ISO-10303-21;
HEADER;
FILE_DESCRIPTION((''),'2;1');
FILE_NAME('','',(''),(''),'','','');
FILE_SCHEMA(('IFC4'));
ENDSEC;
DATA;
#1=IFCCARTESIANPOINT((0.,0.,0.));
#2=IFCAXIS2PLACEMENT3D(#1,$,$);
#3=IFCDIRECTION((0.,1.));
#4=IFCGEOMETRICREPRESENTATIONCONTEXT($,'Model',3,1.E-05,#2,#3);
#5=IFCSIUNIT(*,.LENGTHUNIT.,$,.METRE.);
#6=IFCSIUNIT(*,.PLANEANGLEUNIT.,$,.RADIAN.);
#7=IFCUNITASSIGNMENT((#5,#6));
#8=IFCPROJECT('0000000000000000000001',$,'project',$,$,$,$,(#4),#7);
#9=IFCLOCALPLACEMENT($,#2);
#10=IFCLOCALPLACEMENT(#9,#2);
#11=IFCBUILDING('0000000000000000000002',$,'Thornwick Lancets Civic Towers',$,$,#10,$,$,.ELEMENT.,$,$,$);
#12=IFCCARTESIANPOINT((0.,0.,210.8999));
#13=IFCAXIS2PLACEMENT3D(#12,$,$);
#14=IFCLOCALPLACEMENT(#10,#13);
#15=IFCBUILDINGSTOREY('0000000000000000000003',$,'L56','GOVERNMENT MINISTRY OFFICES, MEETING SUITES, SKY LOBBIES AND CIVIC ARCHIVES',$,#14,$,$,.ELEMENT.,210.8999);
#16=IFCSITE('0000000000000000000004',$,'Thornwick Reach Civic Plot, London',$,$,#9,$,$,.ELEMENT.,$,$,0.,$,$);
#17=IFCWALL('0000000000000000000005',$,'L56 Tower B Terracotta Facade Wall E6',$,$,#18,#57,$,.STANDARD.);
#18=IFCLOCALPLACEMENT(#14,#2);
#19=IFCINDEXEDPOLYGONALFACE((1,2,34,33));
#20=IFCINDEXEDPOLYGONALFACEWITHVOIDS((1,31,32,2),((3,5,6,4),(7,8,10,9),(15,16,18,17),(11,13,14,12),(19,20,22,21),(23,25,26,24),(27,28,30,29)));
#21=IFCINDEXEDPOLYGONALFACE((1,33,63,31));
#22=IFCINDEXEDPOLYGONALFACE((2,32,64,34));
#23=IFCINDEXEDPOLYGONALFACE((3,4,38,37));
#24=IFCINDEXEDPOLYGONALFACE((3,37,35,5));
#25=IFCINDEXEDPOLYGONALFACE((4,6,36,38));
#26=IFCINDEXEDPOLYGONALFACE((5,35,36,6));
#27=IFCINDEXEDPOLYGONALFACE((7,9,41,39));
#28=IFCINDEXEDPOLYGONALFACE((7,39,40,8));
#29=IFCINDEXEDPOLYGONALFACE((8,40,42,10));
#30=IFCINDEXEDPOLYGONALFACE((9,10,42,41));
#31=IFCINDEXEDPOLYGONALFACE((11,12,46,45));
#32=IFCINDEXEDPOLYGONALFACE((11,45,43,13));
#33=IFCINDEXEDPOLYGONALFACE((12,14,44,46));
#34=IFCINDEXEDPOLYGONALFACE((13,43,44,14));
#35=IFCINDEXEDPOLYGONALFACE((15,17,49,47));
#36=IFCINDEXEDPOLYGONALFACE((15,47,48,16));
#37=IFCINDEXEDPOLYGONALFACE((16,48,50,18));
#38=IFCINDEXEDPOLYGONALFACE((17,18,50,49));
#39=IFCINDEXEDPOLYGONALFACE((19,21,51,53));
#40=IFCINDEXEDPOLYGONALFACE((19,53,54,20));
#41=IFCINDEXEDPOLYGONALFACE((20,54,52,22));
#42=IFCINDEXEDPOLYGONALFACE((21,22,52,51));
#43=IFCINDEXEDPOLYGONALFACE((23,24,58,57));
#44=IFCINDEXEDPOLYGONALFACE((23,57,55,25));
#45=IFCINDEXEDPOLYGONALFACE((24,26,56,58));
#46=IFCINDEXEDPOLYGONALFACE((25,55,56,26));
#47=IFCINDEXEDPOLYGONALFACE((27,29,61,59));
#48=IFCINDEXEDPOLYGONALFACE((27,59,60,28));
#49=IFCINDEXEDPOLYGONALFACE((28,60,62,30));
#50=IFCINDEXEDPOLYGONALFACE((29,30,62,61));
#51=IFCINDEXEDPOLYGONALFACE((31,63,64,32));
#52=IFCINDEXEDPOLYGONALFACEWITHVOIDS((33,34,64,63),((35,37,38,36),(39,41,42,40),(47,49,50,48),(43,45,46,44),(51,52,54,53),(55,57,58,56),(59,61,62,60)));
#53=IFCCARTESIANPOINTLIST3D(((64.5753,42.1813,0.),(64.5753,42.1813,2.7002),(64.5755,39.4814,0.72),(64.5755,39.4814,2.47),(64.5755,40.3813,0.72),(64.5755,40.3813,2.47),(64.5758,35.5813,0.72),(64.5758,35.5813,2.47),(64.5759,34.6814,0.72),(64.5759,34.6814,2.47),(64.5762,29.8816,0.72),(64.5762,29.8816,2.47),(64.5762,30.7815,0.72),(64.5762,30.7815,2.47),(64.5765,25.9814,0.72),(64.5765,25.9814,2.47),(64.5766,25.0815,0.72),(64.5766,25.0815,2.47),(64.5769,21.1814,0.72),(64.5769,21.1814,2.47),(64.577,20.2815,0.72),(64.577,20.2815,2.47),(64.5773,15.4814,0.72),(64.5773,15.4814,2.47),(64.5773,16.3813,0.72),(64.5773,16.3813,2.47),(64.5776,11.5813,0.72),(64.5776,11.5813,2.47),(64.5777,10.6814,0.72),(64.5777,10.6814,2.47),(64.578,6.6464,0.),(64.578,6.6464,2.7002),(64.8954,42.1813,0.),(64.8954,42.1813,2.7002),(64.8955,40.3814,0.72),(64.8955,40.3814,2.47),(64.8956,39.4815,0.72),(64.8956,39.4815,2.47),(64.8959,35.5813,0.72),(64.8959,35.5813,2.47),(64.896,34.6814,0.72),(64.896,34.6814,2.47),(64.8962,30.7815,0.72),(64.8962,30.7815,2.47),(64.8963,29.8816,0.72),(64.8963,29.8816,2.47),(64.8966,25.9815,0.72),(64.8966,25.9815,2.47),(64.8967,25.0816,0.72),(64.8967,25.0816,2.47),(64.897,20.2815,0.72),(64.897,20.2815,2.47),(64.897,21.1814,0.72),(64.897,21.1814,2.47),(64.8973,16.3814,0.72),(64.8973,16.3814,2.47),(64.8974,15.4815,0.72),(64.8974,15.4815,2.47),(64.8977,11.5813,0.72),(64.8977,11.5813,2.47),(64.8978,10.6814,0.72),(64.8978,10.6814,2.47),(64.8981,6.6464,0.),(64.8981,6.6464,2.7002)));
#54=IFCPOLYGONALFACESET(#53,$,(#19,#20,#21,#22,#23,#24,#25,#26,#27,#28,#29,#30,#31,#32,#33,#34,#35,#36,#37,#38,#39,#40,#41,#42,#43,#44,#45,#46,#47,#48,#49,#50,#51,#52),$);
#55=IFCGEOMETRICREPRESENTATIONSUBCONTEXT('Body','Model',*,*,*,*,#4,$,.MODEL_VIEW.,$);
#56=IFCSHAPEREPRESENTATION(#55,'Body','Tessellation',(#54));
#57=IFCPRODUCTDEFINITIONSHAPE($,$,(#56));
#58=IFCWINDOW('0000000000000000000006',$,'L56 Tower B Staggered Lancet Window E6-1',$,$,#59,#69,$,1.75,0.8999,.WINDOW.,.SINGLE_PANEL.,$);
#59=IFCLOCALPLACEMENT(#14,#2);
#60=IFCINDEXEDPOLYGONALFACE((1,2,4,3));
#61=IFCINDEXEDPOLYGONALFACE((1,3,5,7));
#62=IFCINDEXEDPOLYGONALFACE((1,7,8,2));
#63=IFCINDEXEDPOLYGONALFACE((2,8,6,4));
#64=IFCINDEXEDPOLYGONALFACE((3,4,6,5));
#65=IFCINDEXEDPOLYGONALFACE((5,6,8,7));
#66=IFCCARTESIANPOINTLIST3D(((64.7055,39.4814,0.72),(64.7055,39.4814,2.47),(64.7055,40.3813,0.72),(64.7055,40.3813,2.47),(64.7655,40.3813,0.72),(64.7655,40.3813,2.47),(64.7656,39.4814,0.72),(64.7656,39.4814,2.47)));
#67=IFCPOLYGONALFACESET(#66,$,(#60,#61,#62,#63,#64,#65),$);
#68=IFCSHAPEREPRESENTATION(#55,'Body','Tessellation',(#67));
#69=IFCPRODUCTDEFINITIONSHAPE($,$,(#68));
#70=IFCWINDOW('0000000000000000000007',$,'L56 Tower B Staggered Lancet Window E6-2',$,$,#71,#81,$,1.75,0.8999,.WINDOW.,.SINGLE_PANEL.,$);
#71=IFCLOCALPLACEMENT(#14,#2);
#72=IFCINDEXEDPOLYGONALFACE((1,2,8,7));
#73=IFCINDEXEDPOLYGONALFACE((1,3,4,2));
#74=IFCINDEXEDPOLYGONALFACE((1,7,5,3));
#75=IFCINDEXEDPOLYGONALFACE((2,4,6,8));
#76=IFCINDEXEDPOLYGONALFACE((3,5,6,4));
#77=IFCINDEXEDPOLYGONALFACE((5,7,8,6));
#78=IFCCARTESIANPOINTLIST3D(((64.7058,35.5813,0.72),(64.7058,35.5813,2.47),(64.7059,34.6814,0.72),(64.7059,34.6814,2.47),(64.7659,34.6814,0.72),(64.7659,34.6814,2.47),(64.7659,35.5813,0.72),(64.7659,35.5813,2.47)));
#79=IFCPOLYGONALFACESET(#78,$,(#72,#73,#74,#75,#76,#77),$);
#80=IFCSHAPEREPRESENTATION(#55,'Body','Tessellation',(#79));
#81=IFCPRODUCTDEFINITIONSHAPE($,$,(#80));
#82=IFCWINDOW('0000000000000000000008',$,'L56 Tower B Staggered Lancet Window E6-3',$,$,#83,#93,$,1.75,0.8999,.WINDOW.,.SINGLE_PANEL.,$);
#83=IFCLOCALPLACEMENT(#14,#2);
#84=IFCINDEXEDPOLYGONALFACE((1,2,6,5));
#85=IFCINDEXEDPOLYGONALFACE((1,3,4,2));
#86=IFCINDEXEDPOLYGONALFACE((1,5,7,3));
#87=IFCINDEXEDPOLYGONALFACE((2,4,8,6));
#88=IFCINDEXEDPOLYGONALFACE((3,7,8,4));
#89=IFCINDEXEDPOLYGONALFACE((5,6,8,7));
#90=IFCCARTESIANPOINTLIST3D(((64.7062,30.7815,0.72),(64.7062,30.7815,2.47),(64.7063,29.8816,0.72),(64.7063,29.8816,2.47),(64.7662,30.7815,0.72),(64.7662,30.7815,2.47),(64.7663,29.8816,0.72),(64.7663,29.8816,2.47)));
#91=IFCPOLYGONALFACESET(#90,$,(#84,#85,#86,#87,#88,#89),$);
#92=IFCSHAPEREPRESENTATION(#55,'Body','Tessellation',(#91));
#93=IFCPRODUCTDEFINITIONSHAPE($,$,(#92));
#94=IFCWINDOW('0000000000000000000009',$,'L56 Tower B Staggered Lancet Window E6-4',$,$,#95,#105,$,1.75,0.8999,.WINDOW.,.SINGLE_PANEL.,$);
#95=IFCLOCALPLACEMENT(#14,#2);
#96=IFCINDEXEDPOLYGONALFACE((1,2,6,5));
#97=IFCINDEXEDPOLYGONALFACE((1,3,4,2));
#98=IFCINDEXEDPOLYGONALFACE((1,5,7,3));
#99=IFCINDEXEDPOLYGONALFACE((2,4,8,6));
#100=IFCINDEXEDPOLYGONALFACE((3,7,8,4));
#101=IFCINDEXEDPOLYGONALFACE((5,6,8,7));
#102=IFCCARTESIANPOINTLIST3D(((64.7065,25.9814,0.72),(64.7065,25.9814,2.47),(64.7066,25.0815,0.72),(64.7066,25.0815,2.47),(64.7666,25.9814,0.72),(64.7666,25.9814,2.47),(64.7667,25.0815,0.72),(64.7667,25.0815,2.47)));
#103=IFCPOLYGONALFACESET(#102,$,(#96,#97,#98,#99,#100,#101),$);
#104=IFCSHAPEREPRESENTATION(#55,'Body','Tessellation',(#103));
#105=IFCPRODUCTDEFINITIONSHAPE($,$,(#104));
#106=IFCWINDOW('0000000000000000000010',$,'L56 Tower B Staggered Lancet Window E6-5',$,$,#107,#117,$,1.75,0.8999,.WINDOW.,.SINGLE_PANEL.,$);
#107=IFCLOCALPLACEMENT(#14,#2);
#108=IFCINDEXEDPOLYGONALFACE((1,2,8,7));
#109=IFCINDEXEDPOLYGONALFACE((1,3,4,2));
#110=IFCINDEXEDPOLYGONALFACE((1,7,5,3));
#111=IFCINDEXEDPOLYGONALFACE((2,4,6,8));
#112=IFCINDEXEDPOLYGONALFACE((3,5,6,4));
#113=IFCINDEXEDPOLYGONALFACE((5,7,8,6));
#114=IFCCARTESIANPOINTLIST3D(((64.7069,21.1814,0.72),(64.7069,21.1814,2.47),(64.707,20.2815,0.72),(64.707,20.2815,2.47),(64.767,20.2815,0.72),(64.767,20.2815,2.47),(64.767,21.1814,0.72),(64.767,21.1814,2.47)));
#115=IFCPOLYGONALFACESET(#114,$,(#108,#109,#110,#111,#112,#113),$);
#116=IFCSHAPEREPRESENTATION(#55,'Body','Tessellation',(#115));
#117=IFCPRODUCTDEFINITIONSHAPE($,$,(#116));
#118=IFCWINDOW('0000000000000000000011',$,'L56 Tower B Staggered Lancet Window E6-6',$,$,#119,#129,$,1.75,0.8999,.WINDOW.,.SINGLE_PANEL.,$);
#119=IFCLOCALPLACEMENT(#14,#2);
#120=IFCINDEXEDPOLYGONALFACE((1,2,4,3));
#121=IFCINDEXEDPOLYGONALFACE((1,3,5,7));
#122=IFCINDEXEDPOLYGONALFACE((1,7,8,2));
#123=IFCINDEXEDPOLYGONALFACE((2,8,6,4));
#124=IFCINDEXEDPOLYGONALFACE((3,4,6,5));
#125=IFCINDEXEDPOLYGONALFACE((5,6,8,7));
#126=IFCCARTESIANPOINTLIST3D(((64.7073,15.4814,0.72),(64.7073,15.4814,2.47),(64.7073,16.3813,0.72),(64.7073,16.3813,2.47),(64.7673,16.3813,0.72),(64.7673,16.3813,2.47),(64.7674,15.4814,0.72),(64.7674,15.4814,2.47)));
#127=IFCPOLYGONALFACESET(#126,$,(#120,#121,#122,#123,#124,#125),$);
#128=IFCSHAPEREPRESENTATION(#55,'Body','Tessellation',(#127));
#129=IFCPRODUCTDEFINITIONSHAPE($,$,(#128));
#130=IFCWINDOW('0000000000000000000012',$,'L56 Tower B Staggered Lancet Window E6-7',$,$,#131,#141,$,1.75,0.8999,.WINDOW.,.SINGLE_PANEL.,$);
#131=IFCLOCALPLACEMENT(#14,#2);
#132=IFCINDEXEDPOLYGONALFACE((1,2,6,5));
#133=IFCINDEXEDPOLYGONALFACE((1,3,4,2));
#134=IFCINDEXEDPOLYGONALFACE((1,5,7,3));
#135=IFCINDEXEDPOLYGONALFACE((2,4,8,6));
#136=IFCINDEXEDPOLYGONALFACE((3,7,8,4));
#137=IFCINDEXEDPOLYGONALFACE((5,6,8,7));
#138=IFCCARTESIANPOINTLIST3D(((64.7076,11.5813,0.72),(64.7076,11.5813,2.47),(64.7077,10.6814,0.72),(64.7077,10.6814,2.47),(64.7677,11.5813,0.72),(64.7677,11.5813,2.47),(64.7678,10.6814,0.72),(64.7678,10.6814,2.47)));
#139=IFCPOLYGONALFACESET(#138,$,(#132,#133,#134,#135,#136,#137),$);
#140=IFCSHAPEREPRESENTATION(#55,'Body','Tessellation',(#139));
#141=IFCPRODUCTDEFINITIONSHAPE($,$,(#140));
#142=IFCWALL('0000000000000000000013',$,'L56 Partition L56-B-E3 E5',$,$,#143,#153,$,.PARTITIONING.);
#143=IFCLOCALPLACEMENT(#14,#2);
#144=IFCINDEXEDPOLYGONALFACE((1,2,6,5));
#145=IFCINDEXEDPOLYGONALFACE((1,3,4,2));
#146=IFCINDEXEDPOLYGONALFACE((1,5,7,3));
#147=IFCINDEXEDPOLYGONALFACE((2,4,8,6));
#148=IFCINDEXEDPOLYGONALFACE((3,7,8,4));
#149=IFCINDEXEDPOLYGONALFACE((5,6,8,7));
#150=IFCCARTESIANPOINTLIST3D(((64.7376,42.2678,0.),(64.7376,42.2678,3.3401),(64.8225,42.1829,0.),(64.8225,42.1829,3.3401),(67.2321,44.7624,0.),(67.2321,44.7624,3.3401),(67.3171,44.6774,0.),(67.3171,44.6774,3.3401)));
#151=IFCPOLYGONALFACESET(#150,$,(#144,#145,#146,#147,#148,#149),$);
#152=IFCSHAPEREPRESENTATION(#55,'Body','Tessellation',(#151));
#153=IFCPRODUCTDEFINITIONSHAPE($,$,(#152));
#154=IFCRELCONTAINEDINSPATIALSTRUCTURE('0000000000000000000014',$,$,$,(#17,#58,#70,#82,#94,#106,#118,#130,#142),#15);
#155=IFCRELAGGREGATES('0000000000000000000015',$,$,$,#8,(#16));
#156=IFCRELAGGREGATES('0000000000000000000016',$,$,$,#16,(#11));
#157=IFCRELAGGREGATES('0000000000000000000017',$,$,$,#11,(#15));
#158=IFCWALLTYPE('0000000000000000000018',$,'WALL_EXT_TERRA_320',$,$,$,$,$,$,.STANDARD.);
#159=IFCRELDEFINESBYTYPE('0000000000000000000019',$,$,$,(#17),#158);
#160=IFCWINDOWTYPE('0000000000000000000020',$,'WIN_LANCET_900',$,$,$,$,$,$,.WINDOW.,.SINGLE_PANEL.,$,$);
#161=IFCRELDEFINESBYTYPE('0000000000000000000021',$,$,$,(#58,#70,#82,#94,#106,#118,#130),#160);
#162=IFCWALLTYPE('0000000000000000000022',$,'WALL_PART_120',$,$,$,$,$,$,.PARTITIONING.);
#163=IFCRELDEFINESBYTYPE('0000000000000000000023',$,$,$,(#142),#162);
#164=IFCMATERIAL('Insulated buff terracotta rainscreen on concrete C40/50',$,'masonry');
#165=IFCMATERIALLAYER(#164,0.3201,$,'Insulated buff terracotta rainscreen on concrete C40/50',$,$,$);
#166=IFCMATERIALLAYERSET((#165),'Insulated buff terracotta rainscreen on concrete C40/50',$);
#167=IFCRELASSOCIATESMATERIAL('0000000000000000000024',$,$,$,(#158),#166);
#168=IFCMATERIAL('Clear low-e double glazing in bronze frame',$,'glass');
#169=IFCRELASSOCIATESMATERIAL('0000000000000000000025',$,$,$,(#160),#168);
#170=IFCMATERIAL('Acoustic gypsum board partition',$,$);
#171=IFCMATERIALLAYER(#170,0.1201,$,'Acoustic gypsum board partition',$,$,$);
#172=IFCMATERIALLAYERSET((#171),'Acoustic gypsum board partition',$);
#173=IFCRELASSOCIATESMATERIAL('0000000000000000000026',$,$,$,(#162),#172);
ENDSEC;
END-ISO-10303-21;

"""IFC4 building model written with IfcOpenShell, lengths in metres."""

from ifc_helpers import new_model, si_unit, direction, frame, frame_2d, origin, place, context, subcontext, project, spatial, rectangle, extrude, material, layer, layer_set, type_object, element, fill, save


model = new_model("IFC4")

# Units and contexts
model_context = context("Model", 3, precision=1e-05, world=origin(), true_north=direction((0.0, 1.0)))
body_context = subcontext(model_context, "Body", "Model", "MODEL_VIEW")
ifc_project = project(units=[si_unit("LENGTHUNIT", "METRE"), si_unit("PLANEANGLEUNIT", "RADIAN")], contexts=[model_context])

# Site, building, storey
site_placement = place(None, origin())
site = spatial("IfcSite", under=ifc_project, at=site_placement, Name="Thornwick Reach Civic Plot, London", CompositionType="ELEMENT", RefElevation=0.0)
building_placement = place(site_placement, origin())
building = spatial("IfcBuilding", under=site, at=building_placement, Name="Thornwick Lancets Civic Towers", CompositionType="ELEMENT")
storey_placement = place(building_placement, frame((0.0, 0.0, 210.8999)))
storey = spatial("IfcBuildingStorey", under=building, at=storey_placement, Name="L56", Description="GOVERNMENT MINISTRY OFFICES, MEETING SUITES, SKY LOBBIES AND CIVIC ARCHIVES", CompositionType="ELEMENT", Elevation=210.8999)

# Wall, openings, windows
ifc_material_1 = material(Name="Insulated buff terracotta rainscreen on concrete C40/50", Category="masonry")
ifc_layer_1 = layer(ifc_material_1, 0.3201, Name="Insulated buff terracotta rainscreen on concrete C40/50")
ifc_layer_set_1 = layer_set([ifc_layer_1], Name="Insulated buff terracotta rainscreen on concrete C40/50")
wall_type_1 = type_object("IfcWallType", Name="WALL_EXT_TERRA_320", PredefinedType="STANDARD", material=ifc_layer_set_1)
wall_1_placement = place(storey_placement, frame((64.7354, 42.1814, 0.0), z_axis=(0.0, 0.0, 1.0), x_axis=(0.000076, -1.0, 0.0)))
wall_1 = element("IfcWall", 1, at=wall_1_placement, inside=storey, type_object=wall_type_1, Name="L56 Tower B Terracotta Facade Wall E6", PredefinedType="STANDARD", context=body_context, shape_type="SweptSolid", body=[
    extrude(rectangle(XDim=35.5349, YDim=0.3201, at=frame_2d((17.7676, 0.0))), origin(), (0.0, 0.0, 1.0), 2.7002),
])
opening_1_placement = place(wall_1_placement, frame((1.8, 0.0, 0.72)))
opening_1 = element("IfcOpeningElement", 2, at=opening_1_placement, cuts=wall_1, PredefinedType="OPENING", context=body_context, shape_type="SweptSolid", body=[
    extrude(rectangle(XDim=0.8999, YDim=1.75, at=frame_2d((0.45, 0.875))), frame((0.0, 0.1699, 0.0), z_axis=(0.0, -1.0, 0.0), x_axis=(1.0, 0.0, 0.0)), (0.0, 0.0, 1.0), 0.3401),
])
opening_2_placement = place(wall_1_placement, frame((6.6001, 0.0, 0.72)))
opening_2 = element("IfcOpeningElement", 3, at=opening_2_placement, cuts=wall_1, PredefinedType="OPENING", context=body_context, shape_type="SweptSolid", body=[
    extrude(rectangle(XDim=0.8999, YDim=1.75, at=frame_2d((0.45, 0.875))), frame((0.0, 0.1699, 0.0), z_axis=(0.0, -1.0, 0.0), x_axis=(1.0, 0.0, 0.0)), (0.0, 0.0, 1.0), 0.3401),
])
opening_3_placement = place(wall_1_placement, frame((11.3999, 0.0, 0.72)))
opening_3 = element("IfcOpeningElement", 4, at=opening_3_placement, cuts=wall_1, PredefinedType="OPENING", context=body_context, shape_type="SweptSolid", body=[
    extrude(rectangle(XDim=0.8999, YDim=1.75, at=frame_2d((0.45, 0.875))), frame((0.0, 0.1699, 0.0), z_axis=(0.0, -1.0, 0.0), x_axis=(1.0, 0.0, 0.0)), (0.0, 0.0, 1.0), 0.3401),
])
opening_4_placement = place(wall_1_placement, frame((16.2, 0.0, 0.72)))
opening_4 = element("IfcOpeningElement", 5, at=opening_4_placement, cuts=wall_1, PredefinedType="OPENING", context=body_context, shape_type="SweptSolid", body=[
    extrude(rectangle(XDim=0.8999, YDim=1.75, at=frame_2d((0.45, 0.875))), frame((0.0, 0.1699, 0.0), z_axis=(0.0, -1.0, 0.0), x_axis=(1.0, 0.0, 0.0)), (0.0, 0.0, 1.0), 0.3401),
])
opening_5_placement = place(wall_1_placement, frame((21.0, 0.0, 0.72)))
opening_5 = element("IfcOpeningElement", 6, at=opening_5_placement, cuts=wall_1, PredefinedType="OPENING", context=body_context, shape_type="SweptSolid", body=[
    extrude(rectangle(XDim=0.8999, YDim=1.75, at=frame_2d((0.45, 0.875))), frame((0.0, 0.1699, 0.0), z_axis=(0.0, -1.0, 0.0), x_axis=(1.0, 0.0, 0.0)), (0.0, 0.0, 1.0), 0.3401),
])
opening_6_placement = place(wall_1_placement, frame((25.8, 0.0, 0.72)))
opening_6 = element("IfcOpeningElement", 7, at=opening_6_placement, cuts=wall_1, PredefinedType="OPENING", context=body_context, shape_type="SweptSolid", body=[
    extrude(rectangle(XDim=0.8999, YDim=1.75, at=frame_2d((0.45, 0.875))), frame((0.0, 0.1699, 0.0), z_axis=(0.0, -1.0, 0.0), x_axis=(1.0, 0.0, 0.0)), (0.0, 0.0, 1.0), 0.3401),
])
opening_7_placement = place(wall_1_placement, frame((30.6001, 0.0, 0.72)))
opening_7 = element("IfcOpeningElement", 8, at=opening_7_placement, cuts=wall_1, PredefinedType="OPENING", context=body_context, shape_type="SweptSolid", body=[
    extrude(rectangle(XDim=0.8999, YDim=1.75, at=frame_2d((0.45, 0.875))), frame((0.0, 0.1699, 0.0), z_axis=(0.0, -1.0, 0.0), x_axis=(1.0, 0.0, 0.0)), (0.0, 0.0, 1.0), 0.3401),
])
ifc_material_2 = material(Name="Clear low-e double glazing in bronze frame", Category="glass")
window_type = type_object("IfcWindowType", Name="WIN_LANCET_900", PartitioningType="SINGLE_PANEL", PredefinedType="WINDOW", material=ifc_material_2)
window_1_placement = place(opening_1_placement, origin())
window_1 = element("IfcWindow", 9, at=window_1_placement, inside=storey, type_object=window_type, Name="L56 Tower B Staggered Lancet Window E6-1", OverallHeight=1.75, OverallWidth=0.8999, PartitioningType="SINGLE_PANEL", PredefinedType="WINDOW", context=body_context, shape_type="SweptSolid", body=[
    extrude(rectangle(XDim=0.8999, YDim=1.75, at=frame_2d((0.45, 0.875))), frame((0.0, 0.03, 0.0), z_axis=(0.0, -1.0, 0.0), x_axis=(1.0, 0.0, 0.0)), (0.0, 0.0, 1.0), 0.0601),
])
fill(opening_1, window_1)
window_2_placement = place(opening_2_placement, origin())
window_2 = element("IfcWindow", 10, at=window_2_placement, inside=storey, type_object=window_type, Name="L56 Tower B Staggered Lancet Window E6-2", OverallHeight=1.75, OverallWidth=0.8999, PartitioningType="SINGLE_PANEL", PredefinedType="WINDOW", context=body_context, shape_type="SweptSolid", body=[
    extrude(rectangle(XDim=0.8999, YDim=1.75, at=frame_2d((0.45, 0.875))), frame((0.0, 0.03, 0.0), z_axis=(0.0, -1.0, 0.0), x_axis=(1.0, 0.0, 0.0)), (0.0, 0.0, 1.0), 0.0601),
])
fill(opening_2, window_2)
window_3_placement = place(opening_3_placement, origin())
window_3 = element("IfcWindow", 11, at=window_3_placement, inside=storey, type_object=window_type, Name="L56 Tower B Staggered Lancet Window E6-3", OverallHeight=1.75, OverallWidth=0.8999, PartitioningType="SINGLE_PANEL", PredefinedType="WINDOW", context=body_context, shape_type="SweptSolid", body=[
    extrude(rectangle(XDim=0.8999, YDim=1.75, at=frame_2d((0.45, 0.875))), frame((0.0, 0.03, 0.0), z_axis=(0.0, -1.0, 0.0), x_axis=(1.0, 0.0, 0.0)), (0.0, 0.0, 1.0), 0.0601),
])
fill(opening_3, window_3)
window_4_placement = place(opening_4_placement, origin())
window_4 = element("IfcWindow", 12, at=window_4_placement, inside=storey, type_object=window_type, Name="L56 Tower B Staggered Lancet Window E6-4", OverallHeight=1.75, OverallWidth=0.8999, PartitioningType="SINGLE_PANEL", PredefinedType="WINDOW", context=body_context, shape_type="SweptSolid", body=[
    extrude(rectangle(XDim=0.8999, YDim=1.75, at=frame_2d((0.45, 0.875))), frame((0.0, 0.03, 0.0), z_axis=(0.0, -1.0, 0.0), x_axis=(1.0, 0.0, 0.0)), (0.0, 0.0, 1.0), 0.0601),
])
fill(opening_4, window_4)
window_5_placement = place(opening_5_placement, origin())
window_5 = element("IfcWindow", 13, at=window_5_placement, inside=storey, type_object=window_type, Name="L56 Tower B Staggered Lancet Window E6-5", OverallHeight=1.75, OverallWidth=0.8999, PartitioningType="SINGLE_PANEL", PredefinedType="WINDOW", context=body_context, shape_type="SweptSolid", body=[
    extrude(rectangle(XDim=0.8999, YDim=1.75, at=frame_2d((0.45, 0.875))), frame((0.0, 0.03, 0.0), z_axis=(0.0, -1.0, 0.0), x_axis=(1.0, 0.0, 0.0)), (0.0, 0.0, 1.0), 0.0601),
])
fill(opening_5, window_5)
window_6_placement = place(opening_6_placement, origin())
window_6 = element("IfcWindow", 14, at=window_6_placement, inside=storey, type_object=window_type, Name="L56 Tower B Staggered Lancet Window E6-6", OverallHeight=1.75, OverallWidth=0.8999, PartitioningType="SINGLE_PANEL", PredefinedType="WINDOW", context=body_context, shape_type="SweptSolid", body=[
    extrude(rectangle(XDim=0.8999, YDim=1.75, at=frame_2d((0.45, 0.875))), frame((0.0, 0.03, 0.0), z_axis=(0.0, -1.0, 0.0), x_axis=(1.0, 0.0, 0.0)), (0.0, 0.0, 1.0), 0.0601),
])
fill(opening_6, window_6)
window_7_placement = place(opening_7_placement, origin())
window_7 = element("IfcWindow", 15, at=window_7_placement, inside=storey, type_object=window_type, Name="L56 Tower B Staggered Lancet Window E6-7", OverallHeight=1.75, OverallWidth=0.8999, PartitioningType="SINGLE_PANEL", PredefinedType="WINDOW", context=body_context, shape_type="SweptSolid", body=[
    extrude(rectangle(XDim=0.8999, YDim=1.75, at=frame_2d((0.45, 0.875))), frame((0.0, 0.03, 0.0), z_axis=(0.0, -1.0, 0.0), x_axis=(1.0, 0.0, 0.0)), (0.0, 0.0, 1.0), 0.0601),
])
fill(opening_7, window_7)

# Wall
ifc_material_3 = material(Name="Acoustic gypsum board partition")
ifc_layer_2 = layer(ifc_material_3, 0.1201, Name="Acoustic gypsum board partition")
ifc_layer_set_2 = layer_set([ifc_layer_2], Name="Acoustic gypsum board partition")
wall_type_2 = type_object("IfcWallType", Name="WALL_PART_120", PredefinedType="PARTITIONING", material=ifc_layer_set_2)
wall_2_placement = place(storey_placement, frame((64.78, 42.2253, 0.0), z_axis=(0.0, 0.0, 1.0), x_axis=(0.707107, 0.707107, 0.0)))
element("IfcWall", 16, at=wall_2_placement, inside=storey, type_object=wall_type_2, Name="L56 Partition L56-B-E3 E5", PredefinedType="PARTITIONING", context=body_context, shape_type="SweptSolid", body=[
    extrude(rectangle(XDim=3.5278, YDim=0.1201, at=frame_2d((1.7639, 0.0))), origin(), (0.0, 0.0, 1.0), 3.3401),
])

save(model, "model.ifc")
